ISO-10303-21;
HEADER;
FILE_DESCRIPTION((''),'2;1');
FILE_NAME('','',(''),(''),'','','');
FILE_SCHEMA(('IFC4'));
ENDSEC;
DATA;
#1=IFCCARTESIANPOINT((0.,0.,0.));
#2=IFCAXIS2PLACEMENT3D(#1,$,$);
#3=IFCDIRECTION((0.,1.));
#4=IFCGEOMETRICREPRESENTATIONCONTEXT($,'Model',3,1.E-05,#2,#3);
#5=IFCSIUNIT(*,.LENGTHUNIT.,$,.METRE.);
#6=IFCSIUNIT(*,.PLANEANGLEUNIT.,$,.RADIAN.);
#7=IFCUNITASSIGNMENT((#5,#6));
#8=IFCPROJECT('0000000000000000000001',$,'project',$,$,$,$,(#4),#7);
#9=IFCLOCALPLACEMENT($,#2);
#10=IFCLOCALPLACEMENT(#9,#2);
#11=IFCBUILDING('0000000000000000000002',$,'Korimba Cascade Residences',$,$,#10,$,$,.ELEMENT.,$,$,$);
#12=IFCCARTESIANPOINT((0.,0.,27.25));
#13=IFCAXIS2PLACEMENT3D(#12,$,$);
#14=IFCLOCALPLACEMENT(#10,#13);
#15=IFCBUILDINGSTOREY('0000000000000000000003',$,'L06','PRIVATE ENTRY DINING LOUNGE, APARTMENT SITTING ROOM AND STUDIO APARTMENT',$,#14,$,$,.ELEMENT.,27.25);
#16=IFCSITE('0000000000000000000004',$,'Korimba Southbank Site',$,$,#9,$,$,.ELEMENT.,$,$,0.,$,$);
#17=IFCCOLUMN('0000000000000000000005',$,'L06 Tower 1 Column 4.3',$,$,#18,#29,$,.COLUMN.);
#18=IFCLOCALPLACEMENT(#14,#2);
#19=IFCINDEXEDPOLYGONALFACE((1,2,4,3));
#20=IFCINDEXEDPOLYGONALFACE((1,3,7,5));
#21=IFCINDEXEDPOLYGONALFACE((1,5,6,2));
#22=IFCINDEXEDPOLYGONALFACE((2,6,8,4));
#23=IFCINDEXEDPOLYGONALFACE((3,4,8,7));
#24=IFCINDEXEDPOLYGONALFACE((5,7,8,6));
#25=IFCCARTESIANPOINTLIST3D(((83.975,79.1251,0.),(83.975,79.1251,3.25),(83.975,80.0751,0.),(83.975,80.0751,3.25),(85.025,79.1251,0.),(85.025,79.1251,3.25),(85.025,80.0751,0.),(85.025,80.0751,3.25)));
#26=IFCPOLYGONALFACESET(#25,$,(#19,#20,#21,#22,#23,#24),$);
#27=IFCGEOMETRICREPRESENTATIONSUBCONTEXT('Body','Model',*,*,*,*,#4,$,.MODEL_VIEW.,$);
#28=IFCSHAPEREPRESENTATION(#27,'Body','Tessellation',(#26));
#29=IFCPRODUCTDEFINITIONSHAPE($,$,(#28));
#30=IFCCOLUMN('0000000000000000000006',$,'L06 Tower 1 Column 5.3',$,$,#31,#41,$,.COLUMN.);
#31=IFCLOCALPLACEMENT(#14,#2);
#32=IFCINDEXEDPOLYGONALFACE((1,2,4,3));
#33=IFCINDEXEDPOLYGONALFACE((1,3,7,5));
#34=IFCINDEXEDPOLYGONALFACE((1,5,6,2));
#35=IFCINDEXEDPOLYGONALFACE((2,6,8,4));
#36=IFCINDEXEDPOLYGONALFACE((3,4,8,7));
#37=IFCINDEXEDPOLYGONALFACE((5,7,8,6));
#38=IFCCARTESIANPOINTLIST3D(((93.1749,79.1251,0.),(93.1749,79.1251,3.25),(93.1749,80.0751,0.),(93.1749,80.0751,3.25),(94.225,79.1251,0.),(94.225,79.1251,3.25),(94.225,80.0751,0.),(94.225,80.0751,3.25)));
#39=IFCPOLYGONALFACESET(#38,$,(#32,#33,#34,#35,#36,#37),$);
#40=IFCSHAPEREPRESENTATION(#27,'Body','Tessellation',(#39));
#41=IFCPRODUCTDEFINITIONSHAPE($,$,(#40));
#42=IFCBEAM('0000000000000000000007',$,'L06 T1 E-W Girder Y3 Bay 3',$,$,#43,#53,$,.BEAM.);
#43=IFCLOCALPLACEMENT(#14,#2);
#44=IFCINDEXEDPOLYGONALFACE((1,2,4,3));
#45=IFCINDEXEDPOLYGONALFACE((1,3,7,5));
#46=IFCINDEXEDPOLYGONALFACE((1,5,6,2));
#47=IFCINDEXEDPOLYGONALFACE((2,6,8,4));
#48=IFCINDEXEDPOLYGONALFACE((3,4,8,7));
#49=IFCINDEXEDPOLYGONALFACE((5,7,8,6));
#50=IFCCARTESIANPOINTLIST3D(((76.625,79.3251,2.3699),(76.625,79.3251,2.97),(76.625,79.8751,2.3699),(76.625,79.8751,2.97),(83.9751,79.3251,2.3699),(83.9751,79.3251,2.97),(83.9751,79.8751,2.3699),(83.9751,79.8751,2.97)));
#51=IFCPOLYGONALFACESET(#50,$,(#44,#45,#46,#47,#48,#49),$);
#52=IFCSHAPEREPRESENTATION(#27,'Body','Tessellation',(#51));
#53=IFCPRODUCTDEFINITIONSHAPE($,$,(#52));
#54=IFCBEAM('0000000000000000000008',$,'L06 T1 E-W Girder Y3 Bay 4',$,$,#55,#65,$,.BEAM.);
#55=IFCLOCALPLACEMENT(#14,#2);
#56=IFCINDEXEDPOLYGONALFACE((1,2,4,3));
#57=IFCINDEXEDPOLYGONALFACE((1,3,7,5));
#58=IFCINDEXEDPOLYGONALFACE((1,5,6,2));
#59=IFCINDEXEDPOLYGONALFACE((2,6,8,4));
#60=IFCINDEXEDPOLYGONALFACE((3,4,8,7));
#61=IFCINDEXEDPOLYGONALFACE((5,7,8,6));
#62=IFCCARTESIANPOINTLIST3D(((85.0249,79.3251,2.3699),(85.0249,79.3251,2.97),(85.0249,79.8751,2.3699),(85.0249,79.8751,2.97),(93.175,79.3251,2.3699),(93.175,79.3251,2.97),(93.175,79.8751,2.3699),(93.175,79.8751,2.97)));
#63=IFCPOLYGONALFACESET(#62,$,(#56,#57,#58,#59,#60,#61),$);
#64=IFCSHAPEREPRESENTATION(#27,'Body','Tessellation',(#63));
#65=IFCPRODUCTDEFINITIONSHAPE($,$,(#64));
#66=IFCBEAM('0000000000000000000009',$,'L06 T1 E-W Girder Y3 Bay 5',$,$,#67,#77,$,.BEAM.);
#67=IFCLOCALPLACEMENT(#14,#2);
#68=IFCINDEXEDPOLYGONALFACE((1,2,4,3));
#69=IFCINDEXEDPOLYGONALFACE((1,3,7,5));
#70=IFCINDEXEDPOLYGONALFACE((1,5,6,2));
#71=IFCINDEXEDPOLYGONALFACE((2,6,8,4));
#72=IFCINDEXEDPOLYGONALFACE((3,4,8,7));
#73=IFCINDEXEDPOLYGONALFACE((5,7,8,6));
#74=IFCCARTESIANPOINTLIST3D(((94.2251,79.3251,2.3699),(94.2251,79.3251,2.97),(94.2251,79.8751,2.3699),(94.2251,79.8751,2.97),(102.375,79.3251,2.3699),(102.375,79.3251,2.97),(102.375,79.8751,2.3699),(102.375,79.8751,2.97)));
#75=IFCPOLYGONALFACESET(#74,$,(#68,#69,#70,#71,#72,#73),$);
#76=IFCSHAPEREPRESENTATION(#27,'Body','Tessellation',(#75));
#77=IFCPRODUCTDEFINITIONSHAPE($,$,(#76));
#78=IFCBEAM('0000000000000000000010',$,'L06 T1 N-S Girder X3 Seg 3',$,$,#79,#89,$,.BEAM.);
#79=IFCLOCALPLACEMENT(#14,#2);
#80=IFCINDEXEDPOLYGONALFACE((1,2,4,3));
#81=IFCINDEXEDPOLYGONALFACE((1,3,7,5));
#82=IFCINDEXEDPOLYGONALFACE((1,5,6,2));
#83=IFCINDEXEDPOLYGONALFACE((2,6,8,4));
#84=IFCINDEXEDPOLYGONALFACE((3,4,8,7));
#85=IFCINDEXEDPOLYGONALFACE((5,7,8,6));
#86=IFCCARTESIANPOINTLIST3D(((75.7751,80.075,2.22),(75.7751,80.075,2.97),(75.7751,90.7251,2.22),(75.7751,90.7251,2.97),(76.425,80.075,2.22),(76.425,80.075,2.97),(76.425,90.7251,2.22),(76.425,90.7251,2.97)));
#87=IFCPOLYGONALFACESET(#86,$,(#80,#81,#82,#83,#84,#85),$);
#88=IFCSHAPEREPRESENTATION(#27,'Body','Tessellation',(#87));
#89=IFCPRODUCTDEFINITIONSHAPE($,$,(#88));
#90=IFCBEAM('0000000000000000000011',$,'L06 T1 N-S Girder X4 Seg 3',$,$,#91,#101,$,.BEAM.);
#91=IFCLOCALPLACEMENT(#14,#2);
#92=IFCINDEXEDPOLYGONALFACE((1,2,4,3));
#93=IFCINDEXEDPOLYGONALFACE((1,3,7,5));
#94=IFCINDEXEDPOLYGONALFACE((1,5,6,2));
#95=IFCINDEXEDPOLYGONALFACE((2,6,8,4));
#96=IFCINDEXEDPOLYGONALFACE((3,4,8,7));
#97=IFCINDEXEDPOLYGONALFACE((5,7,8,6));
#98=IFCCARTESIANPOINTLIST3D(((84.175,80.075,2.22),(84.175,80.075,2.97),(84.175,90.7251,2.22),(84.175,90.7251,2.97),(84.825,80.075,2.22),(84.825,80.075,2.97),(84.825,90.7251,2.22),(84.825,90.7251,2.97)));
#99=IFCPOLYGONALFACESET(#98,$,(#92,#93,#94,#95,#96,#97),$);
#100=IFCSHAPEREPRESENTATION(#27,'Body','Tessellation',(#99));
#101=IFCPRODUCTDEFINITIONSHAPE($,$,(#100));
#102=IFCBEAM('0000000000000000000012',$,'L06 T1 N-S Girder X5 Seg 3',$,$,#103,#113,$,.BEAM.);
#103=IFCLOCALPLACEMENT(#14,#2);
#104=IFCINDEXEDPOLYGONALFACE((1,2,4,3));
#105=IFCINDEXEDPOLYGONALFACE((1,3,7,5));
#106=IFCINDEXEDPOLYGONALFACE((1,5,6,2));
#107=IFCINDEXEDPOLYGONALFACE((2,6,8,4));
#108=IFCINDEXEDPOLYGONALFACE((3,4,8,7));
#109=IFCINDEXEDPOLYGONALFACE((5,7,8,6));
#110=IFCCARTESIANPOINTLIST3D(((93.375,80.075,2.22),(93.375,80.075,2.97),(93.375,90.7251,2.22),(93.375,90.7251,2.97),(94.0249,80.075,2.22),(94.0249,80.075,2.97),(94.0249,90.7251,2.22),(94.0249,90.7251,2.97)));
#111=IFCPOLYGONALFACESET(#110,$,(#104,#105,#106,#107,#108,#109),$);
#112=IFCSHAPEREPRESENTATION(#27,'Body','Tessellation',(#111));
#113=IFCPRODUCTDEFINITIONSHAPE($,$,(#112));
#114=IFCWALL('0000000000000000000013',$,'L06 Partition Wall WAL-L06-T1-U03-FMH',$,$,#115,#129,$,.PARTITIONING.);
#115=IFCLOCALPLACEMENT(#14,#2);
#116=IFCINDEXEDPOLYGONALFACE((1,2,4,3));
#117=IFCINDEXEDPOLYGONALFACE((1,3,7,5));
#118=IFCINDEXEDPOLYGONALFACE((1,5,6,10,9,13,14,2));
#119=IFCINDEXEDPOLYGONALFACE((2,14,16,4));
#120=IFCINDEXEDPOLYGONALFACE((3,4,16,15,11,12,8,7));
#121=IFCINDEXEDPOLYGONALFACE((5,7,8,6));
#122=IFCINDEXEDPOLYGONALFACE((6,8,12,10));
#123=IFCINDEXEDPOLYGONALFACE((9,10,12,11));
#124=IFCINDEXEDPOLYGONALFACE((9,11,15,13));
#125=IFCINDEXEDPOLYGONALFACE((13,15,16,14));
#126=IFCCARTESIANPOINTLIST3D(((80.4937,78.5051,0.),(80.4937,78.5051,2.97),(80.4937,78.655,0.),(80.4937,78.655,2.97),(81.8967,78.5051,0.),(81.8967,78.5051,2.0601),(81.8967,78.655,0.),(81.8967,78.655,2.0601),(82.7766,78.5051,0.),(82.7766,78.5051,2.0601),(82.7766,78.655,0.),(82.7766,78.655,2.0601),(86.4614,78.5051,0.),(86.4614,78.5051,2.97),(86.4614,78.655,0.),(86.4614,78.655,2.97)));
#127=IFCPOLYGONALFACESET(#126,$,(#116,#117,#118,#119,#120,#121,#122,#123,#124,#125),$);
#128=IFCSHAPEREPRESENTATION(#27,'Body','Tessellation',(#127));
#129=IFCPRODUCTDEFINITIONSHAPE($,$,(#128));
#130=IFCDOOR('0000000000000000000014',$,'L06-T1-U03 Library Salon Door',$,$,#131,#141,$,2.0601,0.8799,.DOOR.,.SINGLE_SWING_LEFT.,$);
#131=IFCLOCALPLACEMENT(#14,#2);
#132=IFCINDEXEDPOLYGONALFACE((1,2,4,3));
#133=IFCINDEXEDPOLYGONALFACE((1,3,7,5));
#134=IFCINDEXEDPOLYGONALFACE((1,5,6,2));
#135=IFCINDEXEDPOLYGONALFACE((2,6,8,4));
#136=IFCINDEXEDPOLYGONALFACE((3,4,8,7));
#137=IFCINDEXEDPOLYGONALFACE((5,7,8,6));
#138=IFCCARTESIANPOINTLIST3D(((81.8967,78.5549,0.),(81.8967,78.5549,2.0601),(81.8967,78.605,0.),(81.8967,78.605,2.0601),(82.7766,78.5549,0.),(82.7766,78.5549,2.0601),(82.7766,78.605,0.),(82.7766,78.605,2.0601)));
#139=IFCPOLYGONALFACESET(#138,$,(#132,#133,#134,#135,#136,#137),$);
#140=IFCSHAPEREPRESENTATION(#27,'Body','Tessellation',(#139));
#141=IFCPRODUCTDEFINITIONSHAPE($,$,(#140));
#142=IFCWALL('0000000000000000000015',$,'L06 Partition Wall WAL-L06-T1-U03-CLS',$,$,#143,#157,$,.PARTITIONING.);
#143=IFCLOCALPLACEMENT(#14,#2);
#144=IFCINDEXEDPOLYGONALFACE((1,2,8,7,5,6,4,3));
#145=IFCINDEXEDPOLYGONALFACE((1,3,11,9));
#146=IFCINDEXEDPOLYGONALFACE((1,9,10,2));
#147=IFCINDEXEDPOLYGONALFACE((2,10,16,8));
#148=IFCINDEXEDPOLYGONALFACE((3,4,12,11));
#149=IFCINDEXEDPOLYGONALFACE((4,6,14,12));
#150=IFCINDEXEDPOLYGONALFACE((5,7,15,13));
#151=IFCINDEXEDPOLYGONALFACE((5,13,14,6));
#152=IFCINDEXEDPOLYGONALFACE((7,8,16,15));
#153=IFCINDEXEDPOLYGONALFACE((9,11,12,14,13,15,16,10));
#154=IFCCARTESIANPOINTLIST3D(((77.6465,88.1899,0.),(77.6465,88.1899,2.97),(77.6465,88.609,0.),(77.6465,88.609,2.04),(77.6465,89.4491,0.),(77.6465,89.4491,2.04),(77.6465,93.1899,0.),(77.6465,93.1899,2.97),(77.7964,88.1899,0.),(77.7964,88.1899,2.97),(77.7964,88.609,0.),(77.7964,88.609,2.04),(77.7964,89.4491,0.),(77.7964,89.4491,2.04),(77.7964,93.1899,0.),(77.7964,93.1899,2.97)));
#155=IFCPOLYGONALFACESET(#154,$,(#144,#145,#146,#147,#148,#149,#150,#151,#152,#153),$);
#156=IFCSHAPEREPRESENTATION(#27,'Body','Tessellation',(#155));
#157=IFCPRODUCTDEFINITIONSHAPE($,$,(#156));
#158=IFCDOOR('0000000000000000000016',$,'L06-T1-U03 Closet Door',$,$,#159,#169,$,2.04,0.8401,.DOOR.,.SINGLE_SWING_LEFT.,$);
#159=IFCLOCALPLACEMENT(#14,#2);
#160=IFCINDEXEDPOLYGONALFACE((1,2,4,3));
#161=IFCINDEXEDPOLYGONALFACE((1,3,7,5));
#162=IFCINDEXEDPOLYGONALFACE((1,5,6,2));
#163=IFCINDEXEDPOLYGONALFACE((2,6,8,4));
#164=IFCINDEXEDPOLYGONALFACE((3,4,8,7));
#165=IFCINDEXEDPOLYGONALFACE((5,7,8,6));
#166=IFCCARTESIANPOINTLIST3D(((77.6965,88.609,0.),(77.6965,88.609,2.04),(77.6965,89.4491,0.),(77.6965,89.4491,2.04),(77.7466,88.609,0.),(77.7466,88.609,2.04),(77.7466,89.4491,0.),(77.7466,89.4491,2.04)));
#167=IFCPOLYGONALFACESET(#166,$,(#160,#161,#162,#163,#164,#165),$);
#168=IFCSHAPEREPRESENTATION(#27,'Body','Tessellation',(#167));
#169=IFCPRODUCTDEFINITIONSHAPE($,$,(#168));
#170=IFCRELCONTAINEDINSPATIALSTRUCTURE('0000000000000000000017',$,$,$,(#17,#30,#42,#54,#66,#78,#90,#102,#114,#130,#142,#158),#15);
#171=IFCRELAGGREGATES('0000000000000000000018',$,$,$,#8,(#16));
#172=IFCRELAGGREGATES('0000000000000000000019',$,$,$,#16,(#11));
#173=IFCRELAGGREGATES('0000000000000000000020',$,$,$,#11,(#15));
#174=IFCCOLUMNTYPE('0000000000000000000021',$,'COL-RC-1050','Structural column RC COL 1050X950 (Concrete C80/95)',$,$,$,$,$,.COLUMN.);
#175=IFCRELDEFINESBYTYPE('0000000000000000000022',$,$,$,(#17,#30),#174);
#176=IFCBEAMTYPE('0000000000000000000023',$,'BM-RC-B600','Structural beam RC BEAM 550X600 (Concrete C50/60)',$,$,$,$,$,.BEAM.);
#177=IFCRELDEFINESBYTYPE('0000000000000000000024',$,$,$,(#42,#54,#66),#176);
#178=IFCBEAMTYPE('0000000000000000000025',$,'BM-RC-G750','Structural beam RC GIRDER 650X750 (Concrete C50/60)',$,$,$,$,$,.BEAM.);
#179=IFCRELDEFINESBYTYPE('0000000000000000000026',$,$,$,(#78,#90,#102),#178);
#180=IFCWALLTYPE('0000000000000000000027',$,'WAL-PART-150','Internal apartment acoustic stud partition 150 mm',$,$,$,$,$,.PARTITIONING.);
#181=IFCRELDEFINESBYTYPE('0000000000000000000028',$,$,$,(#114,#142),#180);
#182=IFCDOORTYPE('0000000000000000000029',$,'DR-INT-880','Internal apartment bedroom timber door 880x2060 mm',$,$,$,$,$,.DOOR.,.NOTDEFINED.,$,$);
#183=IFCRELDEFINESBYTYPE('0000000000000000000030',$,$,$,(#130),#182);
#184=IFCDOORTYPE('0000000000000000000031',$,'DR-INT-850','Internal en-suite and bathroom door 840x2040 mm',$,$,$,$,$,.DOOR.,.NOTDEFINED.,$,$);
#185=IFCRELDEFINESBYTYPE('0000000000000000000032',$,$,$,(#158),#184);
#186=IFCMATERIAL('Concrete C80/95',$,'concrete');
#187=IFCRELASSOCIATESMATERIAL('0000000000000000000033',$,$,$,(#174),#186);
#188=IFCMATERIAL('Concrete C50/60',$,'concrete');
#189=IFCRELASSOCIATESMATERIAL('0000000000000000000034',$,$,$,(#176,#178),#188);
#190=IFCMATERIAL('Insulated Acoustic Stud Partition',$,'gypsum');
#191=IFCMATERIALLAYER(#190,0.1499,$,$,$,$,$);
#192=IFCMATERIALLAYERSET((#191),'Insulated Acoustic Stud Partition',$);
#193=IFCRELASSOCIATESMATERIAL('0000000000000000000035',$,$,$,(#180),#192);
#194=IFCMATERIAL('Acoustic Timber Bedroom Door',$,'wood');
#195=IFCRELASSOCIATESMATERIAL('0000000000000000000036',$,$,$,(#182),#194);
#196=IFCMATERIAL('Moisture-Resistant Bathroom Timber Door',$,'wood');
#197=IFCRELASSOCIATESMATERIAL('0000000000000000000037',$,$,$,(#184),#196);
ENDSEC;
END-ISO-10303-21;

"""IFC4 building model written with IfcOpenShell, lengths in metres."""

from ifc_helpers import new_model, si_unit, direction, frame, frame_2d, origin, origin_2d, place, context, subcontext, project, spatial, rectangle, extrude, material, layer, layer_set, material_profile, profile_set, type_object, element, fill, save


model = new_model("IFC4")

# Units and contexts
model_context = context("Model", 3, precision=1e-05, world=origin(), true_north=direction((0.0, 1.0)))
body_context = subcontext(model_context, "Body", "Model", "MODEL_VIEW")
ifc_project = project(units=[si_unit("LENGTHUNIT", "METRE"), si_unit("PLANEANGLEUNIT", "RADIAN")], contexts=[model_context])

# Site, building, storey
site_placement = place(None, origin())
site = spatial("IfcSite", under=ifc_project, at=site_placement, Name="Korimba Southbank Site", CompositionType="ELEMENT", RefElevation=0.0)
building_placement = place(site_placement, origin())
building = spatial("IfcBuilding", under=site, at=building_placement, Name="Korimba Cascade Residences", CompositionType="ELEMENT")
storey_placement = place(building_placement, frame((0.0, 0.0, 27.25)))
storey = spatial("IfcBuildingStorey", under=building, at=storey_placement, Name="L06", Description="PRIVATE ENTRY DINING LOUNGE, APARTMENT SITTING ROOM AND STUDIO APARTMENT", CompositionType="ELEMENT", Elevation=27.25)

# Columns
ifc_material_1 = material(Name="Concrete C80/95", Category="concrete")
ifc_material_profile_1 = material_profile(ifc_material_1, rectangle(XDim=1.05, YDim=0.95, at=origin_2d()), Name="Concrete C80/95")
ifc_profile_set_1 = profile_set([ifc_material_profile_1], Name="Concrete C80/95")
column_type = type_object("IfcColumnType", Name="COL-RC-1050", Description="Structural column RC COL 1050X950 (Concrete C80/95)", PredefinedType="COLUMN", material=ifc_profile_set_1)
for number, where, z_axis, x_axis, name in (
    (1, (84.5, 79.6001, 0.0), (0.0, 0.0, 1.0), (1.0, 0.0, 0.0), "L06 Tower 1 Column 4.3"),
    (2, (93.7, 79.6001, 0.0), (0.0, 0.0, 1.0), (1.0, 0.0, 0.0), "L06 Tower 1 Column 5.3"),
):
    element("IfcColumn", number, at=place(storey_placement, frame(where, z_axis=z_axis, x_axis=x_axis)), inside=storey, type_object=column_type, Name=name, PredefinedType="COLUMN", context=body_context, shape_type="SweptSolid", body=[
        extrude(rectangle(XDim=1.05, YDim=0.95, at=origin_2d()), origin(), (0.0, 0.0, 1.0), 3.25),
    ])

# Beams
ifc_material_2 = material(Name="Concrete C50/60", Category="concrete")
ifc_material_profile_2 = material_profile(ifc_material_2, rectangle(XDim=0.55, YDim=0.6001, at=origin_2d()), Name="Concrete C50/60")
ifc_profile_set_2 = profile_set([ifc_material_profile_2], Name="Concrete C50/60")
beam_type_1 = type_object("IfcBeamType", Name="BM-RC-B600", Description="Structural beam RC BEAM 550X600 (Concrete C50/60)", PredefinedType="BEAM", material=ifc_profile_set_2)
beam_1_placement = place(storey_placement, frame((76.625, 79.6001, 2.6699), z_axis=(1.0, 0.0, 0.0), x_axis=(0.0, 1.0, 0.0)))
element("IfcBeam", 3, at=beam_1_placement, inside=storey, type_object=beam_type_1, Name="L06 T1 E-W Girder Y3 Bay 3", PredefinedType="BEAM", context=body_context, shape_type="SweptSolid", body=[
    extrude(rectangle(XDim=0.55, YDim=0.6001, at=origin_2d()), origin(), (0.0, 0.0, 1.0), 7.3501),
])
beam_2_placement = place(storey_placement, frame((85.0249, 79.6001, 2.6699), z_axis=(1.0, 0.0, 0.0), x_axis=(0.0, 1.0, 0.0)))
element("IfcBeam", 4, at=beam_2_placement, inside=storey, type_object=beam_type_1, Name="L06 T1 E-W Girder Y3 Bay 4", PredefinedType="BEAM", context=body_context, shape_type="SweptSolid", body=[
    extrude(rectangle(XDim=0.55, YDim=0.6001, at=origin_2d()), origin(), (0.0, 0.0, 1.0), 8.1501),
])
beam_3_placement = place(storey_placement, frame((94.2251, 79.6001, 2.6699), z_axis=(1.0, 0.0, 0.0), x_axis=(0.0, 1.0, 0.0)))
element("IfcBeam", 5, at=beam_3_placement, inside=storey, type_object=beam_type_1, Name="L06 T1 E-W Girder Y3 Bay 5", PredefinedType="BEAM", context=body_context, shape_type="SweptSolid", body=[
    extrude(rectangle(XDim=0.55, YDim=0.6001, at=origin_2d()), origin(), (0.0, 0.0, 1.0), 8.1499),
])
ifc_material_profile_3 = material_profile(ifc_material_2, rectangle(XDim=0.6499, YDim=0.75, at=origin_2d()), Name="Concrete C50/60")
ifc_profile_set_3 = profile_set([ifc_material_profile_3], Name="Concrete C50/60")
beam_type_2 = type_object("IfcBeamType", Name="BM-RC-G750", Description="Structural beam RC GIRDER 650X750 (Concrete C50/60)", PredefinedType="BEAM", material=ifc_profile_set_3)
for number, where, z_axis, x_axis, name in (
    (6, (76.1001, 80.075, 2.595), (0.0, 1.0, 0.0), (-1.0, 0.0, 0.0), "L06 T1 N-S Girder X3 Seg 3"),
    (7, (84.5, 80.075, 2.595), (0.0, 1.0, 0.0), (-1.0, 0.0, 0.0), "L06 T1 N-S Girder X4 Seg 3"),
    (8, (93.7, 80.075, 2.595), (0.0, 1.0, 0.0), (-1.0, 0.0, 0.0), "L06 T1 N-S Girder X5 Seg 3"),
):
    element("IfcBeam", number, at=place(storey_placement, frame(where, z_axis=z_axis, x_axis=x_axis)), inside=storey, type_object=beam_type_2, Name=name, PredefinedType="BEAM", context=body_context, shape_type="SweptSolid", body=[
        extrude(rectangle(XDim=0.6499, YDim=0.75, at=origin_2d()), origin(), (0.0, 0.0, 1.0), 10.6501),
    ])

# Walls, openings, doors
ifc_material_3 = material(Name="Insulated Acoustic Stud Partition", Category="gypsum")
ifc_layer = layer(ifc_material_3, 0.1499)
ifc_layer_set = layer_set([ifc_layer], Name="Insulated Acoustic Stud Partition")
wall_type = type_object("IfcWallType", Name="WAL-PART-150", Description="Internal apartment acoustic stud partition 150 mm", PredefinedType="PARTITIONING", material=ifc_layer_set)
wall_1_placement = place(storey_placement, frame((80.4937, 78.5801, 0.0), z_axis=(0.0, 0.0, 1.0), x_axis=(1.0, 0.0, 0.0)))
wall_1 = element("IfcWall", 9, at=wall_1_placement, inside=storey, type_object=wall_type, Name="L06 Partition Wall WAL-L06-T1-U03-FMH", PredefinedType="PARTITIONING", context=body_context, shape_type="SweptSolid", body=[
    extrude(rectangle(XDim=5.9678, YDim=0.1499, at=frame_2d((2.9839, 0.0))), origin(), (0.0, 0.0, 1.0), 2.97),
])
opening_1_placement = place(wall_1_placement, frame((1.4031, 0.0, 0.0)))
opening_1 = element("IfcOpeningElement", 10, at=opening_1_placement, cuts=wall_1, PredefinedType="OPENING", context=body_context, shape_type="SweptSolid", body=[
    extrude(rectangle(XDim=0.8799, YDim=2.0601, at=frame_2d((0.4399, 1.03))), frame((0.0, 0.085, 0.0), z_axis=(0.0, -1.0, 0.0), x_axis=(1.0, 0.0, 0.0)), (0.0, 0.0, 1.0), 0.1699),
])
ifc_material_4 = material(Name="Acoustic Timber Bedroom Door", Category="wood")
door_type_1 = type_object("IfcDoorType", Name="DR-INT-880", Description="Internal apartment bedroom timber door 880x2060 mm", OperationType="NOTDEFINED", PredefinedType="DOOR", material=ifc_material_4)
door_1_placement = place(opening_1_placement, origin())
door_1 = element("IfcDoor", 11, at=door_1_placement, inside=storey, type_object=door_type_1, Name="L06-T1-U03 Library Salon Door", OperationType="SINGLE_SWING_LEFT", OverallHeight=2.0601, OverallWidth=0.8799, PredefinedType="DOOR", context=body_context, shape_type="SweptSolid", body=[
    extrude(rectangle(XDim=0.8799, YDim=2.0601, at=frame_2d((0.4399, 1.03))), frame((0.0, 0.0249, 0.0), z_axis=(0.0, -1.0, 0.0), x_axis=(1.0, 0.0, 0.0)), (0.0, 0.0, 1.0), 0.05),
])
fill(opening_1, door_1)
wall_2_placement = place(storey_placement, frame((77.7214, 88.1899, 0.0), z_axis=(0.0, 0.0, 1.0), x_axis=(0.0, 1.0, 0.0)))
wall_2 = element("IfcWall", 12, at=wall_2_placement, inside=storey, type_object=wall_type, Name="L06 Partition Wall WAL-L06-T1-U03-CLS", PredefinedType="PARTITIONING", context=body_context, shape_type="SweptSolid", body=[
    extrude(rectangle(XDim=5.0, YDim=0.1499, at=frame_2d((2.5, 0.0))), origin(), (0.0, 0.0, 1.0), 2.97),
])
opening_2_placement = place(wall_2_placement, frame((0.4192, 0.0, 0.0)))
opening_2 = element("IfcOpeningElement", 13, at=opening_2_placement, cuts=wall_2, PredefinedType="OPENING", context=body_context, shape_type="SweptSolid", body=[
    extrude(rectangle(XDim=0.8401, YDim=2.04, at=frame_2d((0.4199, 1.02))), frame((0.0, 0.085, 0.0), z_axis=(0.0, -1.0, 0.0), x_axis=(1.0, 0.0, 0.0)), (0.0, 0.0, 1.0), 0.1699),
])
ifc_material_5 = material(Name="Moisture-Resistant Bathroom Timber Door", Category="wood")
door_type_2 = type_object("IfcDoorType", Name="DR-INT-850", Description="Internal en-suite and bathroom door 840x2040 mm", OperationType="NOTDEFINED", PredefinedType="DOOR", material=ifc_material_5)
door_2_placement = place(opening_2_placement, origin())
door_2 = element("IfcDoor", 14, at=door_2_placement, inside=storey, type_object=door_type_2, Name="L06-T1-U03 Closet Door", OperationType="SINGLE_SWING_LEFT", OverallHeight=2.04, OverallWidth=0.8401, PredefinedType="DOOR", context=body_context, shape_type="SweptSolid", body=[
    extrude(rectangle(XDim=0.8401, YDim=2.04, at=frame_2d((0.4199, 1.02))), frame((0.0, 0.0249, 0.0), z_axis=(0.0, -1.0, 0.0), x_axis=(1.0, 0.0, 0.0)), (0.0, 0.0, 1.0), 0.05),
])
fill(opening_2, door_2)

save(model, "model.ifc")
